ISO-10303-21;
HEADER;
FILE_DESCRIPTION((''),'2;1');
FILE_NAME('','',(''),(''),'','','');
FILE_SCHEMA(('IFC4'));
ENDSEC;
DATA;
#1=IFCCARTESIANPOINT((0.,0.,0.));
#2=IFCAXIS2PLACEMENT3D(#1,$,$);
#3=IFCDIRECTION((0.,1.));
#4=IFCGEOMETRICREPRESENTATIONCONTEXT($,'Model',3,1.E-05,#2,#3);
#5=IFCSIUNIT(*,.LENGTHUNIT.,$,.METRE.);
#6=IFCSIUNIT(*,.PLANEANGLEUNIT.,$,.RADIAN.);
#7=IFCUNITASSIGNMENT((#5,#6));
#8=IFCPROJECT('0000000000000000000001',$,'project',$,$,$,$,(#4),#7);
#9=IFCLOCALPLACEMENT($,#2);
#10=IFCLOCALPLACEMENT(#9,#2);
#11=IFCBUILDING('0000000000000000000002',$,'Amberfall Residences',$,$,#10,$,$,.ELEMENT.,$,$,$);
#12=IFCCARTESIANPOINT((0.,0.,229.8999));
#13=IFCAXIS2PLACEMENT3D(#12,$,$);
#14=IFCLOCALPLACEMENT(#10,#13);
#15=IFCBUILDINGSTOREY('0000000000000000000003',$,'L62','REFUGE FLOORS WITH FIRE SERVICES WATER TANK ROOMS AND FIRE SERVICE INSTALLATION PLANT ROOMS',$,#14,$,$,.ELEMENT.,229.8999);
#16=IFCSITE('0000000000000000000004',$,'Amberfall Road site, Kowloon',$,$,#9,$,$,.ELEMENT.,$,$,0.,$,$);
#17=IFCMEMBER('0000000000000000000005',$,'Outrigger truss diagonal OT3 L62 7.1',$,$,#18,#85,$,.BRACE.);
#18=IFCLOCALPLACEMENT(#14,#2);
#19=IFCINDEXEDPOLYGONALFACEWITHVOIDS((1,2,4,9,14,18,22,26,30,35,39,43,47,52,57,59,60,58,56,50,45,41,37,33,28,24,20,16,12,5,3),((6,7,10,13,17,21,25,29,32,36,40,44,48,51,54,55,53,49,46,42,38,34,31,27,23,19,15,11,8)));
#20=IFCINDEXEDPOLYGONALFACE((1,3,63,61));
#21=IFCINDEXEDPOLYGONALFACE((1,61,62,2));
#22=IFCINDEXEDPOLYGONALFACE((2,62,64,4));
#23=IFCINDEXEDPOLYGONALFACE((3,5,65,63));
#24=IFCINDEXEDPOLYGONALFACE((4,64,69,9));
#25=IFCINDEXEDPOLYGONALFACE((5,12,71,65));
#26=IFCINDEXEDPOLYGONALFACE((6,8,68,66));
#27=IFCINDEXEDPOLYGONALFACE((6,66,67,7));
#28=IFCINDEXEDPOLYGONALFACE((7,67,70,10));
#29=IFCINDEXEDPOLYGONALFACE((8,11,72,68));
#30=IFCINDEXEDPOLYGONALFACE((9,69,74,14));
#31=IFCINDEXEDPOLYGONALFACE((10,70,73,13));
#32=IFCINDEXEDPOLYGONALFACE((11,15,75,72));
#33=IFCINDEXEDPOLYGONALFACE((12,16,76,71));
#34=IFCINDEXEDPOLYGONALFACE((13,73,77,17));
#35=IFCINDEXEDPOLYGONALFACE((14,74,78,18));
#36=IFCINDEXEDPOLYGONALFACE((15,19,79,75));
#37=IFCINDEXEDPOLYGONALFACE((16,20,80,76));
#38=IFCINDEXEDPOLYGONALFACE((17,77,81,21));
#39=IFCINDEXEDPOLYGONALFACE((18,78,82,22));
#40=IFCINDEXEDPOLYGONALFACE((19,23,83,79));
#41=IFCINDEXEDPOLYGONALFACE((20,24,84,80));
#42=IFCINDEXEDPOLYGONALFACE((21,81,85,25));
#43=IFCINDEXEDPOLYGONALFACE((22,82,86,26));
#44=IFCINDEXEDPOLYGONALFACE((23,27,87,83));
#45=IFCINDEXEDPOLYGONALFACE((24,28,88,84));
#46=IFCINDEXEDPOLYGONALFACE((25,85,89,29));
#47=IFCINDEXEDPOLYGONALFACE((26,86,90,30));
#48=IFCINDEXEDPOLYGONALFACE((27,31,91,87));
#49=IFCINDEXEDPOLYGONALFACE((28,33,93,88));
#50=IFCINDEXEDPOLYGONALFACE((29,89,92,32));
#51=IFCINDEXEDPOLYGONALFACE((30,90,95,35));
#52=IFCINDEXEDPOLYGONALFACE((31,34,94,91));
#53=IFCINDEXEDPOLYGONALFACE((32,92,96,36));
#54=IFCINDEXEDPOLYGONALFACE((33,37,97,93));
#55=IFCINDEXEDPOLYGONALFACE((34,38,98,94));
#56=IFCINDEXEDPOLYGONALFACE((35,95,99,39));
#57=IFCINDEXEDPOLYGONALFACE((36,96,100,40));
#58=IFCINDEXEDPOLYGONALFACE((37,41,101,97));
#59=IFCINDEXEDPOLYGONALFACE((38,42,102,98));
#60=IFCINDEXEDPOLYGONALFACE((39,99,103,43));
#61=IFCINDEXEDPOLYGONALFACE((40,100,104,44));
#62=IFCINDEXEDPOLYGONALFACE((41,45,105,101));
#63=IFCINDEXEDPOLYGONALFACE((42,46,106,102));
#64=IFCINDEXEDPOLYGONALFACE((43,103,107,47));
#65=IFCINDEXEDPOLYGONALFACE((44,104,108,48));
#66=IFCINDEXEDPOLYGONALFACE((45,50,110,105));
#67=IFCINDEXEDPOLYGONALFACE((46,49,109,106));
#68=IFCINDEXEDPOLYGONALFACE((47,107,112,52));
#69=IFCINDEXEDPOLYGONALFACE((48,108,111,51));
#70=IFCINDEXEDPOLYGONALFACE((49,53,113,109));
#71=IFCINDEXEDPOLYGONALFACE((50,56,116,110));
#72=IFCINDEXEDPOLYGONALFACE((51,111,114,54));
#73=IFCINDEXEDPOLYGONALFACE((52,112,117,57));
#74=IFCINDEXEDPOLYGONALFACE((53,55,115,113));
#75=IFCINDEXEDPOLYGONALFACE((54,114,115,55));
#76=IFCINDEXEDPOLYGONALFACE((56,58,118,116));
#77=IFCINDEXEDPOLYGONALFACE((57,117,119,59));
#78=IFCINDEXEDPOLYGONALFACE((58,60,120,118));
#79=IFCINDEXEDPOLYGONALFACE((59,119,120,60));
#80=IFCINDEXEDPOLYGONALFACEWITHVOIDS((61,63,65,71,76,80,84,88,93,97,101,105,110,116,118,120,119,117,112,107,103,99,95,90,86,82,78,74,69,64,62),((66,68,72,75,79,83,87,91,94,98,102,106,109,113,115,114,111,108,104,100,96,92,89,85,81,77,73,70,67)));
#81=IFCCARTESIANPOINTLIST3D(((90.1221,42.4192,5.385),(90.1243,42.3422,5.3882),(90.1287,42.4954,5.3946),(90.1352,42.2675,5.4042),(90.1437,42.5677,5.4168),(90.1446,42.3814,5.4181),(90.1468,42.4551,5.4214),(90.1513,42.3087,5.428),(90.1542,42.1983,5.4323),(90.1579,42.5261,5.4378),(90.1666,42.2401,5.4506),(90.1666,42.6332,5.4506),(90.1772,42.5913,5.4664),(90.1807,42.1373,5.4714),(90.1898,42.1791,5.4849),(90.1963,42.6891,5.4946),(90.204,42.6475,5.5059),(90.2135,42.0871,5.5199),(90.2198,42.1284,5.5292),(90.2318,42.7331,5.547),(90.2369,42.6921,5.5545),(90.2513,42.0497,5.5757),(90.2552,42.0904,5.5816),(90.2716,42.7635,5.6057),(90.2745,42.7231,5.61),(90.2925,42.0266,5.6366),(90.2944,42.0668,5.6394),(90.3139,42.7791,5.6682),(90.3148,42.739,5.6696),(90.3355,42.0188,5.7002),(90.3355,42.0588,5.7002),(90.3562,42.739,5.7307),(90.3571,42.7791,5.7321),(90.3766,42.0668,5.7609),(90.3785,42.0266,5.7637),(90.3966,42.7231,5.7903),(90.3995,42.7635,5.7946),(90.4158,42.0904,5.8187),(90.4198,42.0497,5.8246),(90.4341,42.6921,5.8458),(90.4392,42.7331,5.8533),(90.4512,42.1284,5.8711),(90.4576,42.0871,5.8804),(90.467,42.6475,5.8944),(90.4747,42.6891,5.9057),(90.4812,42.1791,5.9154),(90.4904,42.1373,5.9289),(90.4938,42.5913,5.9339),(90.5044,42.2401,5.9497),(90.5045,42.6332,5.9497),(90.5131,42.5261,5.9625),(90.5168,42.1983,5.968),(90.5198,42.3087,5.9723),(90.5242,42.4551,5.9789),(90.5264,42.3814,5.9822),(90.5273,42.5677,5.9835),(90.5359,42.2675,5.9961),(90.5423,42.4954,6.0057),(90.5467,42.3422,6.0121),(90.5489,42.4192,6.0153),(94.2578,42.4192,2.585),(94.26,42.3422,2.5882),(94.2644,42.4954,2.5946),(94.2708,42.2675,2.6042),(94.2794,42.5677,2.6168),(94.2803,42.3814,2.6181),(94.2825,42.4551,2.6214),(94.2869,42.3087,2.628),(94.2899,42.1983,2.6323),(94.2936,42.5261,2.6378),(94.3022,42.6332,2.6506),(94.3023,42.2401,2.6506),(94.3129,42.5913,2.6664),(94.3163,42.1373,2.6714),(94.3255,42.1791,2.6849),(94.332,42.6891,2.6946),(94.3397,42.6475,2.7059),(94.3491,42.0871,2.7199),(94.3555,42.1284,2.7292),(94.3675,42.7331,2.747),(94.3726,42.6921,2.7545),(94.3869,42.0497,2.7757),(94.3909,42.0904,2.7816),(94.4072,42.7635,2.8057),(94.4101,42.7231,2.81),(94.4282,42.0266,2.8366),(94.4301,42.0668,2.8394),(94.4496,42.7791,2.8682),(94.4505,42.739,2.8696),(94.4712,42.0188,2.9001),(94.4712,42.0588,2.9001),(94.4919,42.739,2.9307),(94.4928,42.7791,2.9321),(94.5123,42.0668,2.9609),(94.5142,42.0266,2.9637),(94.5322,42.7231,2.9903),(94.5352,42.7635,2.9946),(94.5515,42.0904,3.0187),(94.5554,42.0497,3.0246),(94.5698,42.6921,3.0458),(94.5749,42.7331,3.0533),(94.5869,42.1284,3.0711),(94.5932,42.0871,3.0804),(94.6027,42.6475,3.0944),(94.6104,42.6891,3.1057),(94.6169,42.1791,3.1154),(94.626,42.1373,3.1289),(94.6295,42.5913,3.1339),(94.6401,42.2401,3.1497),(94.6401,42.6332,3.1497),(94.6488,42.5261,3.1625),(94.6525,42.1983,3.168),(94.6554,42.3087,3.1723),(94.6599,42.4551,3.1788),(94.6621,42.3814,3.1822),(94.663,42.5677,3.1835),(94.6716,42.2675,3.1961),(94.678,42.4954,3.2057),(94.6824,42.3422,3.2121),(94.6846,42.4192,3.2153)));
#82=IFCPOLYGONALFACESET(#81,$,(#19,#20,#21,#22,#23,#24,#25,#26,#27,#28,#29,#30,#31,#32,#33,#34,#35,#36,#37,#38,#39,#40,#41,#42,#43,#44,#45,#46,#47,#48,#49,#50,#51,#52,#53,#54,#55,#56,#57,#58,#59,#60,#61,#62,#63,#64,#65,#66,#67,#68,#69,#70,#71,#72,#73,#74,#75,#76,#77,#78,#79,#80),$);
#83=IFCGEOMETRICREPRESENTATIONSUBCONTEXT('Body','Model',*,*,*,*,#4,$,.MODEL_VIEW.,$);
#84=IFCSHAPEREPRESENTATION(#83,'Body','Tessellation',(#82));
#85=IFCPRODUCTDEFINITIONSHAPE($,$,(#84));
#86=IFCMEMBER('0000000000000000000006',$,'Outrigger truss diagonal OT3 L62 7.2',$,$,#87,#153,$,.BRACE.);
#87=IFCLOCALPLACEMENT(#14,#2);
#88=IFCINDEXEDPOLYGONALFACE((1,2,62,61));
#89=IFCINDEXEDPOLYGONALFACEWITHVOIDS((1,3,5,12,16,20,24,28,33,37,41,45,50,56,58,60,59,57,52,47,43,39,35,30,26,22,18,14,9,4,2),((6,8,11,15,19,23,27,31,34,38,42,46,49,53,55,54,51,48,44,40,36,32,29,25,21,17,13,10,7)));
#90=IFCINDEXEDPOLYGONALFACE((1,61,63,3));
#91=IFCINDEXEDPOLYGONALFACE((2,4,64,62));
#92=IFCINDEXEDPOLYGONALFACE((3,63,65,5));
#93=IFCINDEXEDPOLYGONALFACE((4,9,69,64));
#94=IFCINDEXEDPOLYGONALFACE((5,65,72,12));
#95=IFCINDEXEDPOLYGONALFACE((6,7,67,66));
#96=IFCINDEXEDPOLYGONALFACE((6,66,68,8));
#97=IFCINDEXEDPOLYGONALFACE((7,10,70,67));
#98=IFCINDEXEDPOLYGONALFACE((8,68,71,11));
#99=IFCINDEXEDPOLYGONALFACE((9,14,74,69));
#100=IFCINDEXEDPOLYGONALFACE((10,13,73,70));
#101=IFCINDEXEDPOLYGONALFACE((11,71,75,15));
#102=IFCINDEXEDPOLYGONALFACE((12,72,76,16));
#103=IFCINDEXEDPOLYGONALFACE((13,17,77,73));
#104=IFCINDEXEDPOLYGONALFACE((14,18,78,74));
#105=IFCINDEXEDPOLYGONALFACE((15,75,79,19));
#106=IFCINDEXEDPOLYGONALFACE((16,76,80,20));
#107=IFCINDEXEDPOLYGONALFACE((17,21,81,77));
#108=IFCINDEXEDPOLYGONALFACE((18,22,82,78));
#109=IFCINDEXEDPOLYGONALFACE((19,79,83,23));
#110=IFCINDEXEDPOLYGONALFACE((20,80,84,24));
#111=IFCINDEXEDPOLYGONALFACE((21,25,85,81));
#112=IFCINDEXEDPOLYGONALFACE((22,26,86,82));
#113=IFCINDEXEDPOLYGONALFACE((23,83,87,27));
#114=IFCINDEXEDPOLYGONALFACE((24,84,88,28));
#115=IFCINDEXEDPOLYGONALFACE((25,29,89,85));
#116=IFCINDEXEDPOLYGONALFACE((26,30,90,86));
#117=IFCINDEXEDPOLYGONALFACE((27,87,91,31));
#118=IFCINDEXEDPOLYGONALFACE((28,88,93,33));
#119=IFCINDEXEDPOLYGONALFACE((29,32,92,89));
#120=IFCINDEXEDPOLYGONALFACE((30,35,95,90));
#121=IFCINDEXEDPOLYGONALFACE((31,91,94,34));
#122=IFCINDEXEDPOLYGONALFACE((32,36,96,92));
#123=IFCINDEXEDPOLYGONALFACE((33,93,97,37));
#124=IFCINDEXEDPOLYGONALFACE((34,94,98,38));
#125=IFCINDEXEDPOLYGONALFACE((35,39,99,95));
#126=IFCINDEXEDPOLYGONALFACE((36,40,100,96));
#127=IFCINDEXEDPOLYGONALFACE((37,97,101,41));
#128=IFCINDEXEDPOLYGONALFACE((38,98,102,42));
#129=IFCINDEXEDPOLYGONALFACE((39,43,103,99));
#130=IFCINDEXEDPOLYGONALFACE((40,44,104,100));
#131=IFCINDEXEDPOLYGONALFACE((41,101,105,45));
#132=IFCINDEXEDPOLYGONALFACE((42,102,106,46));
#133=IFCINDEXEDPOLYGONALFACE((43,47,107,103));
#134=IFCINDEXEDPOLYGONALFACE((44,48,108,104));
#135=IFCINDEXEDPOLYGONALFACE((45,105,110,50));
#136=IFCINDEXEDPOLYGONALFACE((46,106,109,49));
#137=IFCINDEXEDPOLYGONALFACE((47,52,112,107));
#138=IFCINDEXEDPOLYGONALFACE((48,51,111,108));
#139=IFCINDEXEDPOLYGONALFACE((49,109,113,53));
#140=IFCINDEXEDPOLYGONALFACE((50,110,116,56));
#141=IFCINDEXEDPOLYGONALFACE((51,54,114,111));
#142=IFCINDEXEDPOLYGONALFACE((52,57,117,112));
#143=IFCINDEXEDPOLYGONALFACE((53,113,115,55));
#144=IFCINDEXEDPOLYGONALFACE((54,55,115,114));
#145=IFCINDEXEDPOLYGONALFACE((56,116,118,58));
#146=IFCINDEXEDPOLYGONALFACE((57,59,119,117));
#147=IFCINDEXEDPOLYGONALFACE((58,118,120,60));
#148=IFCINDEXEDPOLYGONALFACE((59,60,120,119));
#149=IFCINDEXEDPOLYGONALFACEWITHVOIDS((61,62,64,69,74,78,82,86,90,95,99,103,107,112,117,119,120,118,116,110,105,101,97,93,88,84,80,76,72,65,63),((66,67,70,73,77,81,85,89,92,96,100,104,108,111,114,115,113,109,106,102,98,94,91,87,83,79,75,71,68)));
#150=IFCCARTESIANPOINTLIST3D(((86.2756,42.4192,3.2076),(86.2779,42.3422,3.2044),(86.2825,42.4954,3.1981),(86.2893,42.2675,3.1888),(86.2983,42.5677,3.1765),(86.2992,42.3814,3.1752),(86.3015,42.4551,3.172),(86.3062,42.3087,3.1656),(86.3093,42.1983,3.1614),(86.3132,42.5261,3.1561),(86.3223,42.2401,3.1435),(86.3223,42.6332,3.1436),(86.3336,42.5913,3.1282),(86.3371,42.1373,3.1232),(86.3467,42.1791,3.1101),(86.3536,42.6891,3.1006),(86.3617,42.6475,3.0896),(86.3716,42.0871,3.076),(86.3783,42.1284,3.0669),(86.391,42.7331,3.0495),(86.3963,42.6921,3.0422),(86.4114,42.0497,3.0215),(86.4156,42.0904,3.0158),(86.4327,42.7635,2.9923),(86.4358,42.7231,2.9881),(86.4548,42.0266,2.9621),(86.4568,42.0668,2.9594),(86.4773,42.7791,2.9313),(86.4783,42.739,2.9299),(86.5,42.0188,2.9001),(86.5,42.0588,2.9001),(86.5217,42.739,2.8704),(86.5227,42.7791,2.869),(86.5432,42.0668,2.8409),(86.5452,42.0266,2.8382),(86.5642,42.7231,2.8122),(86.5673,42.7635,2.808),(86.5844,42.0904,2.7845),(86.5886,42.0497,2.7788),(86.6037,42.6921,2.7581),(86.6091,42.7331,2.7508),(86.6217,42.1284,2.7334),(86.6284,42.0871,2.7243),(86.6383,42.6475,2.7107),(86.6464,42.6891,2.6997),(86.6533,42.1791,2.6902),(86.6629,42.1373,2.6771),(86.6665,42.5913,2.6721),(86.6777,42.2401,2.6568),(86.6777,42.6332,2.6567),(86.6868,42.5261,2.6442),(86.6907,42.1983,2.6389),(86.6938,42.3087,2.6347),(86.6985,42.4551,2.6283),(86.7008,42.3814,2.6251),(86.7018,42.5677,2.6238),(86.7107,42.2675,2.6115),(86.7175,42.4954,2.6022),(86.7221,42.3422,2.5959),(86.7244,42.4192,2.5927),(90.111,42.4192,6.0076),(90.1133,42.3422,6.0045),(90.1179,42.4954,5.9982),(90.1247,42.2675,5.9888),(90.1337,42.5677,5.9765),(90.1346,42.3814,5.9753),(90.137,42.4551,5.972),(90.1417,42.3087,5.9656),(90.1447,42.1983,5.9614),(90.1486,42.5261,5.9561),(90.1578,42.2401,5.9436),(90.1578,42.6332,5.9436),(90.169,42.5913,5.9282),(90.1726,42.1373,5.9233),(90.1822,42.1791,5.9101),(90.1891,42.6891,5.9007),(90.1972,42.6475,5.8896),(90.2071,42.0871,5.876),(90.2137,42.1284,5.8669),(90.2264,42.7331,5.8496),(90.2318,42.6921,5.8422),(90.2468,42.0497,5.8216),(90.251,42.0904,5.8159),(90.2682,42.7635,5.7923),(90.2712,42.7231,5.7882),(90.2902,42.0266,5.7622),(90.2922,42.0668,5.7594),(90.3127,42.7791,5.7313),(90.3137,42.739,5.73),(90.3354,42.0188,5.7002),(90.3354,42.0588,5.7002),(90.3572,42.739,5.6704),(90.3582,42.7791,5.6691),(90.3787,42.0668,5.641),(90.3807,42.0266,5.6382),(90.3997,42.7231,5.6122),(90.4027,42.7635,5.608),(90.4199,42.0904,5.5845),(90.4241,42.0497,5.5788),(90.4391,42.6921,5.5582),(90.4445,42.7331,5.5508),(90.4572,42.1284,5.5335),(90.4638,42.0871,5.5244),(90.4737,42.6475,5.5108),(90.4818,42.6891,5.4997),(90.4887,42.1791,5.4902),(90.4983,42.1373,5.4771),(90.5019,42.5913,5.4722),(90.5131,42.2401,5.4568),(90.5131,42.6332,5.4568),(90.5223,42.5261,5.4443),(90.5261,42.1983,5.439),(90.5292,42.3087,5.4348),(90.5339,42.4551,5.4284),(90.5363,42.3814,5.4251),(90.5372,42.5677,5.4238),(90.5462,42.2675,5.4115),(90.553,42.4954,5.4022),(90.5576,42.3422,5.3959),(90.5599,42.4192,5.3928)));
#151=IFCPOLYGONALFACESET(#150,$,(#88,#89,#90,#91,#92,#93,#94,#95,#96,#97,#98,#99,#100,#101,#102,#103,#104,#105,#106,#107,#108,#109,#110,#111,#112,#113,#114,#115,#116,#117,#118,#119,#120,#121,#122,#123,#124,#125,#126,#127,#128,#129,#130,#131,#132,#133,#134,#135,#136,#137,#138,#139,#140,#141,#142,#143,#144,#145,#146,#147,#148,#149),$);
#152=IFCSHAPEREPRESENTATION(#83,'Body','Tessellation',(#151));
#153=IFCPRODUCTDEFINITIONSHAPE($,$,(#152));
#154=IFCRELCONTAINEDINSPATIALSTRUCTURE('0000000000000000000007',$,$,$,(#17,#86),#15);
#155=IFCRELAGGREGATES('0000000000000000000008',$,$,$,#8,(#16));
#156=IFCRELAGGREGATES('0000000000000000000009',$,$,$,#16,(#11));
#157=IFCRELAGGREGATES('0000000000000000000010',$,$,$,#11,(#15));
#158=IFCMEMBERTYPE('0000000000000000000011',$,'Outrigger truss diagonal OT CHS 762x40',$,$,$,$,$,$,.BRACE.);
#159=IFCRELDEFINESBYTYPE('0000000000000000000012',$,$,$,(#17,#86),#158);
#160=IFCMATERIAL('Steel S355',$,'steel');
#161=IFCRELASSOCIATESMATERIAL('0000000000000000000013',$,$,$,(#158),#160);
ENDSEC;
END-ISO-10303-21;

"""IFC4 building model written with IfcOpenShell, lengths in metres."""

from ifc_helpers import new_model, si_unit, direction, frame, origin, origin_2d, place, context, subcontext, project, spatial, hollow_circle, extrude, material, material_profile, profile_set, type_object, element, save


model = new_model("IFC4")

# Units and contexts
model_context = context("Model", 3, precision=1e-05, world=origin(), true_north=direction((0.0, 1.0)))
body_context = subcontext(model_context, "Body", "Model", "MODEL_VIEW")
ifc_project = project(units=[si_unit("LENGTHUNIT", "METRE"), si_unit("PLANEANGLEUNIT", "RADIAN")], contexts=[model_context])

# Site, building, storey
site_placement = place(None, origin())
site = spatial("IfcSite", under=ifc_project, at=site_placement, Name="Amberfall Road site, Kowloon", CompositionType="ELEMENT", RefElevation=0.0)
building_placement = place(site_placement, origin())
building = spatial("IfcBuilding", under=site, at=building_placement, Name="Amberfall Residences", CompositionType="ELEMENT")
storey_placement = place(building_placement, frame((0.0, 0.0, 229.8999)))
storey = spatial("IfcBuildingStorey", under=building, at=storey_placement, Name="L62", Description="REFUGE FLOORS WITH FIRE SERVICES WATER TANK ROOMS AND FIRE SERVICE INSTALLATION PLANT ROOMS", CompositionType="ELEMENT", Elevation=229.8999)

# Shared definitions
ifc_material_1 = material(Name="Steel S355", Category="steel")

# Members
ifc_material_profile_1 = material_profile(ifc_material_1, hollow_circle(Radius=0.3811, WallThickness=0.04, at=origin_2d()), Name="CHS 762x40")
ifc_profile_set_1 = profile_set([ifc_material_profile_1], Name="Steel S355")
member_type_1 = type_object("IfcMemberType", Name="Outrigger truss diagonal OT CHS 762x40", PredefinedType="BRACE", material=ifc_profile_set_1)
member_1_placement = place(storey_placement, frame((94.4712, 42.3999, 2.9001), z_axis=(-0.828066, 0.0, 0.560631), x_axis=(0.0, -1.0, 0.0)))
element("IfcMember", 1, at=member_1_placement, inside=storey, type_object=member_type_1, Name="Outrigger truss diagonal OT3 L62 7.1", PredefinedType="BRACE", context=body_context, shape_type="SweptSolid", body=[
    extrude(hollow_circle(Radius=0.3811, WallThickness=0.04, at=origin_2d()), origin(), (0.0, 0.0, 1.0), 4.9944),
])
member_2_placement = place(storey_placement, frame((90.3354, 42.3999, 5.7002), z_axis=(-0.80767, 0.0, -0.589635), x_axis=(0.0, -1.0, 0.0)))
element("IfcMember", 2, at=member_2_placement, inside=storey, type_object=member_type_1, Name="Outrigger truss diagonal OT3 L62 7.2", PredefinedType="BRACE", context=body_context, shape_type="SweptSolid", body=[
    extrude(hollow_circle(Radius=0.3811, WallThickness=0.04, at=origin_2d()), origin(), (0.0, 0.0, 1.0), 4.7488),
])

save(model, "model.ifc")
